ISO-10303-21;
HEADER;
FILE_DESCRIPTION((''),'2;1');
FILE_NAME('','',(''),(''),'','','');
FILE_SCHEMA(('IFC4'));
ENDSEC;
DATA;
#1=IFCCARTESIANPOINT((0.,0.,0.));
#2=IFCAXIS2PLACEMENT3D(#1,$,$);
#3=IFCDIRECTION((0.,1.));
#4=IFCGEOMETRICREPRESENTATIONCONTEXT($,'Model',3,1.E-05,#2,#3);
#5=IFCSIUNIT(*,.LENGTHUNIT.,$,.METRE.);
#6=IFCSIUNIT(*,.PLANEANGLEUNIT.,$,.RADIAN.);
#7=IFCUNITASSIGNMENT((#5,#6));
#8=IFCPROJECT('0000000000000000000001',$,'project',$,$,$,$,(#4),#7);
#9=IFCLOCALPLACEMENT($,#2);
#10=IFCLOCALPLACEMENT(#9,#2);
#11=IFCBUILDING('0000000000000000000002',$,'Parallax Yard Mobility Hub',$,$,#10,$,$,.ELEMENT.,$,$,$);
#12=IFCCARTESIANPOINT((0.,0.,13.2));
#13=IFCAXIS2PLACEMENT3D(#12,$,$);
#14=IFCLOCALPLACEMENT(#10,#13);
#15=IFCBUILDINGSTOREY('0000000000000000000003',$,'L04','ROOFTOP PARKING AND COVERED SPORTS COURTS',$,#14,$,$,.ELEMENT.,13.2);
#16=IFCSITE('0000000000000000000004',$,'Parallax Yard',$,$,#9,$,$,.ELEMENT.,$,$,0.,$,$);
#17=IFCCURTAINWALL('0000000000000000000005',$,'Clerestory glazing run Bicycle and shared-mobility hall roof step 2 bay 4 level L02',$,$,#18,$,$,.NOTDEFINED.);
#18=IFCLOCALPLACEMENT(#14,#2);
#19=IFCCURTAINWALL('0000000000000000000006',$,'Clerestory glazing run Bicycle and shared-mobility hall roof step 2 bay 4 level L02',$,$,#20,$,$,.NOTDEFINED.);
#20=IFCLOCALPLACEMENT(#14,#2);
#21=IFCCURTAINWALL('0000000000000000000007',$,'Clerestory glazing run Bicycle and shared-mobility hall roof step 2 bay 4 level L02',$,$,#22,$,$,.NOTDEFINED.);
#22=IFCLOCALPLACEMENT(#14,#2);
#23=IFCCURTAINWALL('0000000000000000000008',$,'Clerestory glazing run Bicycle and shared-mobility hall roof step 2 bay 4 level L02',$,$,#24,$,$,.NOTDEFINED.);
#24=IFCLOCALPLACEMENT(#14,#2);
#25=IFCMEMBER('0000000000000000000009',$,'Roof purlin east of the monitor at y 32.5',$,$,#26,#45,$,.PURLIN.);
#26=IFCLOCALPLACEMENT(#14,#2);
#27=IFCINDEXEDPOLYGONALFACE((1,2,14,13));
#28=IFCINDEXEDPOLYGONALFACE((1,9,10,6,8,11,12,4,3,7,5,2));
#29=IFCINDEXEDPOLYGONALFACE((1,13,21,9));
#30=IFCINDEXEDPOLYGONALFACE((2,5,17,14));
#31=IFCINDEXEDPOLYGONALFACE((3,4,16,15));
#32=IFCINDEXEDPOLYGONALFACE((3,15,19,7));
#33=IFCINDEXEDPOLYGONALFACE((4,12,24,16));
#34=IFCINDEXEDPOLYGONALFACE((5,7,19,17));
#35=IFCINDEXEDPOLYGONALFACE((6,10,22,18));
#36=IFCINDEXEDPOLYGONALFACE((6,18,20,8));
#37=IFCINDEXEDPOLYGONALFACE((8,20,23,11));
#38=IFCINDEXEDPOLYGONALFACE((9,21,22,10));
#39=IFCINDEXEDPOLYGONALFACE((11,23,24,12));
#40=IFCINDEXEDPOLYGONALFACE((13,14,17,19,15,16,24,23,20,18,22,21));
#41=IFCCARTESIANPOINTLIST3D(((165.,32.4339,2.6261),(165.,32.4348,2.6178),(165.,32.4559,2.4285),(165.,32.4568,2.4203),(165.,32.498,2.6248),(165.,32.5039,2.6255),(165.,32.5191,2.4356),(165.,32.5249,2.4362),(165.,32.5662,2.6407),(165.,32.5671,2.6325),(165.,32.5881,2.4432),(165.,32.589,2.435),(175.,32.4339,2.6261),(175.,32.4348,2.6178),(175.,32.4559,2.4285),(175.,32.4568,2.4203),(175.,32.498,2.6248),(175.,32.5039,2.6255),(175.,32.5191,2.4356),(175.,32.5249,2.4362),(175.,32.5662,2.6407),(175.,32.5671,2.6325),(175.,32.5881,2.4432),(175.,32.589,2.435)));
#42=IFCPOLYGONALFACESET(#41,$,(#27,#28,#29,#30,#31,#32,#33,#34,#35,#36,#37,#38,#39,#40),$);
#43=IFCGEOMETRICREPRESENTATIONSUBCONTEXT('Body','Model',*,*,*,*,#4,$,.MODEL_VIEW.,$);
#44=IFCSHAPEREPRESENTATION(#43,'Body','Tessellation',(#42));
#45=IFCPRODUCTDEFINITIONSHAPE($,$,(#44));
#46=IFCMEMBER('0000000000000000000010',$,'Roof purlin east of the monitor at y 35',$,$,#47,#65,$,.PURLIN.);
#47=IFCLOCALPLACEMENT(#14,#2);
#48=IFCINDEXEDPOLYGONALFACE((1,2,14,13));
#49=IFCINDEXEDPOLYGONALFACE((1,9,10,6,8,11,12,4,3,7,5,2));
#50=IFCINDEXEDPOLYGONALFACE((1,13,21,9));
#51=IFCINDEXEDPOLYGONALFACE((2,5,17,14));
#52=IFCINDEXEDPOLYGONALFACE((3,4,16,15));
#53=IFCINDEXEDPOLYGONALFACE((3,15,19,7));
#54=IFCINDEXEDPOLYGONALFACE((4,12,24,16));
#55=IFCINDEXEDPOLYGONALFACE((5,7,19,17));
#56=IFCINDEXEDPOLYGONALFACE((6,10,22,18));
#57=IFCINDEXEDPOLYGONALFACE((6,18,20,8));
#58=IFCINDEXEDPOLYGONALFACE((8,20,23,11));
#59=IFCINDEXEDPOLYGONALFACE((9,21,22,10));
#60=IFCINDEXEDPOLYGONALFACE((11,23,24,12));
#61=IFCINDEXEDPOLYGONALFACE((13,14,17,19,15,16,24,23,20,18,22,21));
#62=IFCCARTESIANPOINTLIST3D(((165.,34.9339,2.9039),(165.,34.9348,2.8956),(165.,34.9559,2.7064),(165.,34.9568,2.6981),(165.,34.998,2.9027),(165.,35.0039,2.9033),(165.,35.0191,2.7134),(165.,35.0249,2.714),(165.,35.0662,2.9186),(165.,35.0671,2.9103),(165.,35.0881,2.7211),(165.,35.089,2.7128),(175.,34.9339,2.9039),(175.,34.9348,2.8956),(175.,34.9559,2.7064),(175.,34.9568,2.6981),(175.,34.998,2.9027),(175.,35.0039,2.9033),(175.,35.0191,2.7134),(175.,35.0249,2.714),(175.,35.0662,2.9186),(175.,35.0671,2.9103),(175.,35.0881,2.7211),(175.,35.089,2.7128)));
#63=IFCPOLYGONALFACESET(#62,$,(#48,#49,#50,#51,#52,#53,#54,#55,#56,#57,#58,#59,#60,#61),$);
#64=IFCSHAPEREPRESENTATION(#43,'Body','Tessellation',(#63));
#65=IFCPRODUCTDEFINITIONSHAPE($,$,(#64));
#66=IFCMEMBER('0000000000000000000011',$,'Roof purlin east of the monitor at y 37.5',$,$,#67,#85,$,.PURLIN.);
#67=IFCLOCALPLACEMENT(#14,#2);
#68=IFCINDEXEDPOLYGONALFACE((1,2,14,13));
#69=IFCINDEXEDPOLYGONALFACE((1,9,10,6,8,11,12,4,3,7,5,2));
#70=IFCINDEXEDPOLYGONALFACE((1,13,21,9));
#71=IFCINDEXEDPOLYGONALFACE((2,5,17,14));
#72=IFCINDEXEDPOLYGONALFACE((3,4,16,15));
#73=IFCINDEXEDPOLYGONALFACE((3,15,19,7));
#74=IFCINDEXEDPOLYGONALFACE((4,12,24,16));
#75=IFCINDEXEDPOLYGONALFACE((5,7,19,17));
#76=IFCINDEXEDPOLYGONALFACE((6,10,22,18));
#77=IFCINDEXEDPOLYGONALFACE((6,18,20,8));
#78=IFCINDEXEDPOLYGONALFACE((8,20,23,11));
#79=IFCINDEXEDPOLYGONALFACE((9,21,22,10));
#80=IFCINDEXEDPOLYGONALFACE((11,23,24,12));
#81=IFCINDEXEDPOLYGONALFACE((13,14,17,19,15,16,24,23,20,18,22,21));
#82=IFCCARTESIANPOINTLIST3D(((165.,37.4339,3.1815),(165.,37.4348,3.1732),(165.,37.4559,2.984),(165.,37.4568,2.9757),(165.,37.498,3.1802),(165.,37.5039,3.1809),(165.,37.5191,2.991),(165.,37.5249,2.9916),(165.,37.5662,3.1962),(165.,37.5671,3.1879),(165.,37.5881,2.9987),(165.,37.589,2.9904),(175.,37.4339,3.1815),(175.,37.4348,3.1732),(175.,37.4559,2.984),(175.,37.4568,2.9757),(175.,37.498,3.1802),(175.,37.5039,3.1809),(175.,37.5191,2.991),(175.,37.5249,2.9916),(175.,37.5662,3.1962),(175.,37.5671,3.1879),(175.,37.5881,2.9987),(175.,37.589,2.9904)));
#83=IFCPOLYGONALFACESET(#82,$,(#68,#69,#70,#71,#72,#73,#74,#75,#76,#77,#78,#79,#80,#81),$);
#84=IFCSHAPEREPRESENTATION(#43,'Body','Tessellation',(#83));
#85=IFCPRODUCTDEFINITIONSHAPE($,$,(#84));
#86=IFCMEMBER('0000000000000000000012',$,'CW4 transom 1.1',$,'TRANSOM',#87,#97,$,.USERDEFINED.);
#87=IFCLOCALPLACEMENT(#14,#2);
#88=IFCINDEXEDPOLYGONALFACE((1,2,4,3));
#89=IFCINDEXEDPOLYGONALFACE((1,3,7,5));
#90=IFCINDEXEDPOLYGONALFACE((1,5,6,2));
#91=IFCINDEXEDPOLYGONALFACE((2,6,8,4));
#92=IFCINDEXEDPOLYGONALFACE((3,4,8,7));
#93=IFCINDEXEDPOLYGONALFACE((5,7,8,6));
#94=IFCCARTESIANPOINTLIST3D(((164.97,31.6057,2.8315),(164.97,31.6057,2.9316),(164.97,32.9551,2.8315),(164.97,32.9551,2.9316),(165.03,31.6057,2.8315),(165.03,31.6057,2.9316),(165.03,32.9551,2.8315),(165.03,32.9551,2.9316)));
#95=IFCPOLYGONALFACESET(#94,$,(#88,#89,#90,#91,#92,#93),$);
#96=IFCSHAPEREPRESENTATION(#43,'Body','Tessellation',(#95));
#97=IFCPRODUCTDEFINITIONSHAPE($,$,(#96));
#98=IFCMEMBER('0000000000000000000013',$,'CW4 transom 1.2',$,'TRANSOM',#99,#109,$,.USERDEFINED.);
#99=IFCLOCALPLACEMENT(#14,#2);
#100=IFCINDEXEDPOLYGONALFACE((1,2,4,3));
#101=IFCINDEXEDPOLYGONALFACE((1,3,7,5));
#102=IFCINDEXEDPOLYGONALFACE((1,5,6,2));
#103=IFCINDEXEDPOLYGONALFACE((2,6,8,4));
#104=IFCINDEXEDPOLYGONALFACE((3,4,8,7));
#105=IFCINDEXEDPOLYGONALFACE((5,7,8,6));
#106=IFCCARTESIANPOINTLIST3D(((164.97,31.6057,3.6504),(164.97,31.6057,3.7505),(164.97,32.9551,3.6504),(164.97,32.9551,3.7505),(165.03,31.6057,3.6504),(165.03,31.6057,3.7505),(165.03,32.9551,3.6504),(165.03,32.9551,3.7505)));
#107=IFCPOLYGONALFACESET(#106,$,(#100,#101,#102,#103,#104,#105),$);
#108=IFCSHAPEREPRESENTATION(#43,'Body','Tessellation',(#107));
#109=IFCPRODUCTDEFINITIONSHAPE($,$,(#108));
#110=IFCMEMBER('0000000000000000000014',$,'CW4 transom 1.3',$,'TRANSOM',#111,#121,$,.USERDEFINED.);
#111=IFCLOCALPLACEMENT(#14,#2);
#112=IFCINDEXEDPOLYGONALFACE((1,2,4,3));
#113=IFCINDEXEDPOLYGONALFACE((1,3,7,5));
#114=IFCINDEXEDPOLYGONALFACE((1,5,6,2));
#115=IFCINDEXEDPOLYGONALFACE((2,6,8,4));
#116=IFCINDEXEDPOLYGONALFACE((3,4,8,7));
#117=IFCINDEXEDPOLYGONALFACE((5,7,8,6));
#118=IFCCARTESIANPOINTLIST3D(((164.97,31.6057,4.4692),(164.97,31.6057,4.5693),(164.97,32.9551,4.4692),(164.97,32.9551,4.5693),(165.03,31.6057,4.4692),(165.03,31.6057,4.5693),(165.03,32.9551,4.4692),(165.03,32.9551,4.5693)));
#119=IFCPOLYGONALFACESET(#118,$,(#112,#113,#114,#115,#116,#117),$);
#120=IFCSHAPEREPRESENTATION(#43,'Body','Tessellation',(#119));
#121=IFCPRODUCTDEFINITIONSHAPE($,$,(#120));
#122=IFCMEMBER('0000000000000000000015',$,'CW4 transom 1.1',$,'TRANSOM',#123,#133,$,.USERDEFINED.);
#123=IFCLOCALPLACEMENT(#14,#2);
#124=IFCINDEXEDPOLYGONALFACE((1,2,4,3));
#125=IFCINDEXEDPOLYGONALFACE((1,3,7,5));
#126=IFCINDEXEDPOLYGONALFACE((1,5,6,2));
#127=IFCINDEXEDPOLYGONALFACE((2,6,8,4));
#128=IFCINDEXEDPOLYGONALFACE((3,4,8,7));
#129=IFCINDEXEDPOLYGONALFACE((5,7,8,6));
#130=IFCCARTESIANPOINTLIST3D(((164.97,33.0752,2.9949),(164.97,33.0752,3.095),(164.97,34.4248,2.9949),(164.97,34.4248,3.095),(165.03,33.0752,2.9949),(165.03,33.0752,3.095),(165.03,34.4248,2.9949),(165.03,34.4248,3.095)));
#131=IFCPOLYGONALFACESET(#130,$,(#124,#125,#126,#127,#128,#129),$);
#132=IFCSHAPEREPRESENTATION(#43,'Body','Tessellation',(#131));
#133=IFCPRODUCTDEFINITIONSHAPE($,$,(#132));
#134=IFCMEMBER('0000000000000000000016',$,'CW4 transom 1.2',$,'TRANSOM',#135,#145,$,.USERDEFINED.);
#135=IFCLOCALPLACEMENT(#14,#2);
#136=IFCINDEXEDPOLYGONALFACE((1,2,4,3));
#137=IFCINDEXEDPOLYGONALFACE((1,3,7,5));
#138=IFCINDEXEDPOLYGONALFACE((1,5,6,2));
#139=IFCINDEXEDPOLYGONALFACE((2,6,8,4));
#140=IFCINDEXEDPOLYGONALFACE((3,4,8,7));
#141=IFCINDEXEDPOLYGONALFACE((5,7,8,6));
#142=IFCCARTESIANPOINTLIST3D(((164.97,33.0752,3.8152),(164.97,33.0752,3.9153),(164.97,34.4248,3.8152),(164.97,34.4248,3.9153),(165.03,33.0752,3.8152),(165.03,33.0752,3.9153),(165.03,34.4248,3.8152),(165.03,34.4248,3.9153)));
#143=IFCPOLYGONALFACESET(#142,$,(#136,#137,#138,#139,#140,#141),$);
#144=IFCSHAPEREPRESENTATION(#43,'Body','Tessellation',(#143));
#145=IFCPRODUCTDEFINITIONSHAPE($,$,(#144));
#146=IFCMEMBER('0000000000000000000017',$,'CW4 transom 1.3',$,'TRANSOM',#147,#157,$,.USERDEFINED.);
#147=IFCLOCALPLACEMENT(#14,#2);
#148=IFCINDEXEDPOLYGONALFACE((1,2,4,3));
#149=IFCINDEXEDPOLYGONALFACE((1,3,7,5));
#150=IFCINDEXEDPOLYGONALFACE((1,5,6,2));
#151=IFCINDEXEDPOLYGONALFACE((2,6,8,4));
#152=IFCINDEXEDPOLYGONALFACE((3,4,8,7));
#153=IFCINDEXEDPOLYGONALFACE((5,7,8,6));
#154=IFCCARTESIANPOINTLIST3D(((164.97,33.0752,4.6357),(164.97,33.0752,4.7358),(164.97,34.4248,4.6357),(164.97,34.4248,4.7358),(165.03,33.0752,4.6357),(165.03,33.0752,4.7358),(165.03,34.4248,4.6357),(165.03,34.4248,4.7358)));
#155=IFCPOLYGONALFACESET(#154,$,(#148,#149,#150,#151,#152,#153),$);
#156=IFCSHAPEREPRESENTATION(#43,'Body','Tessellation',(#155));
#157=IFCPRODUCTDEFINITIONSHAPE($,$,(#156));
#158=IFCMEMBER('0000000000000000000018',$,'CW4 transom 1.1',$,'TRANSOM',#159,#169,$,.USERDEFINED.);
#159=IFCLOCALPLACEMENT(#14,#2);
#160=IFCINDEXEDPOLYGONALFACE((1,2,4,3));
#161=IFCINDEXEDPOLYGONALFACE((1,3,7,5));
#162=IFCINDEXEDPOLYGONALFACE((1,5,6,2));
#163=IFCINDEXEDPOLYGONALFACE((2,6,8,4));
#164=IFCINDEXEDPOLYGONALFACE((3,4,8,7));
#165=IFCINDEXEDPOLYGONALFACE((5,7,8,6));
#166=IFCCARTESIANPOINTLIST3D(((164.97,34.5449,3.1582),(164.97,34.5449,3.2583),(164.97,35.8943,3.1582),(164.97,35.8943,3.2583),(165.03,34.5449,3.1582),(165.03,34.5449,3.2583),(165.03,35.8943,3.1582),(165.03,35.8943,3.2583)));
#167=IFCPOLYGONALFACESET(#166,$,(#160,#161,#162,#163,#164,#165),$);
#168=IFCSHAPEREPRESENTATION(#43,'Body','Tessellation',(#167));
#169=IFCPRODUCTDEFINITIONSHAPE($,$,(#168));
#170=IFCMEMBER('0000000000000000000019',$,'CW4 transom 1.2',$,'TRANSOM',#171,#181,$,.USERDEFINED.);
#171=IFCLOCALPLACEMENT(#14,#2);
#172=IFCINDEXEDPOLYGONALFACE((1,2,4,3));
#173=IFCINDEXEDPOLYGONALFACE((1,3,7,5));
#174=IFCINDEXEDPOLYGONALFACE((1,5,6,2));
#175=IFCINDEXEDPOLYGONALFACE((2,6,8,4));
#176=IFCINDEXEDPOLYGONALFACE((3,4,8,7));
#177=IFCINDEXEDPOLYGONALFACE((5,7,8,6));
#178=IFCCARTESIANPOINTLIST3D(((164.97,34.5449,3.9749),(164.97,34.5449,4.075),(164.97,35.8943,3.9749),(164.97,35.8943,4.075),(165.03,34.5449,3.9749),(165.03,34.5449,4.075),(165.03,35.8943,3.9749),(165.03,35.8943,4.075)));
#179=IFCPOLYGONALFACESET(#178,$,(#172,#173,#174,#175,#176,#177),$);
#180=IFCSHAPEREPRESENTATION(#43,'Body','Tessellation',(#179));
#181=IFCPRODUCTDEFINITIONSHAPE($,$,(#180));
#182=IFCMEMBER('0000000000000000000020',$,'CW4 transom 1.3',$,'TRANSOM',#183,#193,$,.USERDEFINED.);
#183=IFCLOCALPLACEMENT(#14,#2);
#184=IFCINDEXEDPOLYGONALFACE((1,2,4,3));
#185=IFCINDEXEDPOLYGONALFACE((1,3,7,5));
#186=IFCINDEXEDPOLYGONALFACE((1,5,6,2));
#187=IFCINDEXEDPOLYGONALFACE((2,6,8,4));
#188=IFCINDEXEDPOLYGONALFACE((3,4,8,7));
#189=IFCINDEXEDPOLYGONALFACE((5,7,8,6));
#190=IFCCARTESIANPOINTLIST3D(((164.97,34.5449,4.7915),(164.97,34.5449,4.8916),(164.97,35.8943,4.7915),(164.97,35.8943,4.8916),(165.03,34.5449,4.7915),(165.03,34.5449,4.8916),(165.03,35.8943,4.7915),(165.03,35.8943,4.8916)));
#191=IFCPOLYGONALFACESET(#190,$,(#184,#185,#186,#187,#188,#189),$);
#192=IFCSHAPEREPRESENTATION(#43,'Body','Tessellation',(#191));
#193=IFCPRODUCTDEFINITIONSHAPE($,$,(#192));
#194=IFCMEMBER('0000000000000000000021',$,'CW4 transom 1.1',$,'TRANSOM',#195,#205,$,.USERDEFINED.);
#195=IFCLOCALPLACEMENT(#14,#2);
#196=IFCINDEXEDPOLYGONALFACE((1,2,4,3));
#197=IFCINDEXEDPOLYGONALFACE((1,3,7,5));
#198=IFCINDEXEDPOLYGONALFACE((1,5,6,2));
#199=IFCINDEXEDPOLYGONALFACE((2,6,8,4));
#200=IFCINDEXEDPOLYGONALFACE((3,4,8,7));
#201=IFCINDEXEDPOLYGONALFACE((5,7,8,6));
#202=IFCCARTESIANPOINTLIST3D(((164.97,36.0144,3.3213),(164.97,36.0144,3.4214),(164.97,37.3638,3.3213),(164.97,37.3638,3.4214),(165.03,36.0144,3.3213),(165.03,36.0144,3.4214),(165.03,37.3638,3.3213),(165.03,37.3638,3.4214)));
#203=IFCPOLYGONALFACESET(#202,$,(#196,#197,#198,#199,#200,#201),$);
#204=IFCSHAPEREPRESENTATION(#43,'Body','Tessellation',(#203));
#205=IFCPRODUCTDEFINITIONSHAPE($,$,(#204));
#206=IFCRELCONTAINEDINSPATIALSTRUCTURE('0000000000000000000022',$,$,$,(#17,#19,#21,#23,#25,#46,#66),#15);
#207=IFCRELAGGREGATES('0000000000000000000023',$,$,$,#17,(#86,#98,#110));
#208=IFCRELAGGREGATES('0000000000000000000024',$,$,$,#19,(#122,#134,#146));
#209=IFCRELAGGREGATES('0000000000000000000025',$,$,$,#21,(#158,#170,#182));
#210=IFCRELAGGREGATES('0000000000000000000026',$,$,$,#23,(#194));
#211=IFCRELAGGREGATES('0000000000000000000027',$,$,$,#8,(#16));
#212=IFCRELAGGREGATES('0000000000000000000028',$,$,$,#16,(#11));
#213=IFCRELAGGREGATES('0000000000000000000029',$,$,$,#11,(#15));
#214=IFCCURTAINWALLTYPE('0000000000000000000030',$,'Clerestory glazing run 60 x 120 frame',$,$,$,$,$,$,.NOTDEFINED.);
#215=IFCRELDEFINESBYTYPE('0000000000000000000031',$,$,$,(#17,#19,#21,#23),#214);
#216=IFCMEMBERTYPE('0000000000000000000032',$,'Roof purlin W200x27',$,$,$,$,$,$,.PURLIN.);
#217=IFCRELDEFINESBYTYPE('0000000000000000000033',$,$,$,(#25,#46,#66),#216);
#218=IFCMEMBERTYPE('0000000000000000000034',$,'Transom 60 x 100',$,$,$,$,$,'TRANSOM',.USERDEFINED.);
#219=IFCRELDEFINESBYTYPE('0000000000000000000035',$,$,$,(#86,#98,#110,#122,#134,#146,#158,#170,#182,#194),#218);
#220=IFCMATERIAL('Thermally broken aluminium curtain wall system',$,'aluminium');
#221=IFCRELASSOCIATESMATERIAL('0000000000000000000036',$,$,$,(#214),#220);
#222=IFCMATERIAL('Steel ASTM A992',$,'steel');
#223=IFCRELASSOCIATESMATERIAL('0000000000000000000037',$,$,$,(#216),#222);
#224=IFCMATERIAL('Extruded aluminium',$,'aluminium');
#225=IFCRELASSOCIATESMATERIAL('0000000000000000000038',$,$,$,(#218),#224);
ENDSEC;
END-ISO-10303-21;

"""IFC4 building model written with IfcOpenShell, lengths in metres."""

from ifc_helpers import new_model, si_unit, direction, frame, origin, origin_2d, place, context, subcontext, project, spatial, rectangle, i_section, extrude, material, material_profile, profile_set, type_object, element, aggregate, save


model = new_model("IFC4")

# Units and contexts
model_context = context("Model", 3, precision=1e-05, world=origin(), true_north=direction((0.0, 1.0)))
body_context = subcontext(model_context, "Body", "Model", "MODEL_VIEW")
ifc_project = project(units=[si_unit("LENGTHUNIT", "METRE"), si_unit("PLANEANGLEUNIT", "RADIAN")], contexts=[model_context])

# Site, building, storey
site_placement = place(None, origin())
site = spatial("IfcSite", under=ifc_project, at=site_placement, Name="Parallax Yard", CompositionType="ELEMENT", RefElevation=0.0)
building_placement = place(site_placement, origin())
building = spatial("IfcBuilding", under=site, at=building_placement, Name="Parallax Yard Mobility Hub", CompositionType="ELEMENT")
storey_placement = place(building_placement, frame((0.0, 0.0, 13.2)))
storey = spatial("IfcBuildingStorey", under=building, at=storey_placement, Name="L04", Description="ROOFTOP PARKING AND COVERED SPORTS COURTS", CompositionType="ELEMENT", Elevation=13.2)

# Shared definitions
ifc_material_1 = material(Name="Steel ASTM A992", Category="steel")

# Curtain wall
ifc_material_2 = material(Name="Thermally broken aluminium curtain wall system", Category="aluminium")
curtain_wall_type = type_object("IfcCurtainWallType", Name="Clerestory glazing run 60 x 120 frame", PredefinedType="NOTDEFINED", material=ifc_material_2)
curtain_wall_1_placement = place(storey_placement, origin())
curtain_wall_1 = element("IfcCurtainWall", 1, at=curtain_wall_1_placement, inside=storey, type_object=curtain_wall_type, Name="Clerestory glazing run Bicycle and shared-mobility hall roof step 2 bay 4 level L02", PredefinedType="NOTDEFINED")
ifc_material_3 = material(Name="Extruded aluminium", Category="aluminium")

# Curtain walls
curtain_wall_2_placement = place(storey_placement, origin())
curtain_wall_2 = element("IfcCurtainWall", 2, at=curtain_wall_2_placement, inside=storey, type_object=curtain_wall_type, Name="Clerestory glazing run Bicycle and shared-mobility hall roof step 2 bay 4 level L02", PredefinedType="NOTDEFINED")
curtain_wall_3_placement = place(storey_placement, origin())
curtain_wall_3 = element("IfcCurtainWall", 3, at=curtain_wall_3_placement, inside=storey, type_object=curtain_wall_type, Name="Clerestory glazing run Bicycle and shared-mobility hall roof step 2 bay 4 level L02", PredefinedType="NOTDEFINED")

# Curtain wall
curtain_wall_4_placement = place(storey_placement, origin())
curtain_wall_4 = element("IfcCurtainWall", 4, at=curtain_wall_4_placement, inside=storey, type_object=curtain_wall_type, Name="Clerestory glazing run Bicycle and shared-mobility hall roof step 2 bay 4 level L02", PredefinedType="NOTDEFINED")

# Members
ifc_material_profile_1 = material_profile(ifc_material_1, i_section(OverallWidth=0.1331, OverallDepth=0.207, WebThickness=0.0059, FlangeThickness=0.0083, at=origin_2d()), Name="W200x27")
ifc_profile_set_1 = profile_set([ifc_material_profile_1], Name="Steel ASTM A992")
member_type_1 = type_object("IfcMemberType", Name="Roof purlin W200x27", PredefinedType="PURLIN", material=ifc_profile_set_1)
for number, where, z_axis, x_axis, name in (
    (5, (165.0, 32.5115, 2.5305), (1.0, 0.0, 0.0), (0.0, 0.993884, 0.110432), "Roof purlin east of the monitor at y 32.5"),
    (6, (165.0, 35.0115, 2.8083), (1.0, 0.0, 0.0), (0.0, 0.993884, 0.110432), "Roof purlin east of the monitor at y 35"),
    (7, (165.0, 37.5115, 3.0859), (1.0, 0.0, 0.0), (0.0, 0.993884, 0.110432), "Roof purlin east of the monitor at y 37.5"),
):
    element("IfcMember", number, at=place(storey_placement, frame(where, z_axis=z_axis, x_axis=x_axis)), inside=storey, type_object=member_type_1, Name=name, PredefinedType="PURLIN", context=body_context, shape_type="SweptSolid", body=[
        extrude(i_section(OverallWidth=0.1331, OverallDepth=0.207, WebThickness=0.0059, FlangeThickness=0.0083, at=origin_2d()), origin(), (0.0, 0.0, 1.0), 10.0),
    ])

# Members
ifc_material_profile_2 = material_profile(ifc_material_3, rectangle(XDim=0.0601, YDim=0.1001, at=origin_2d()), Name="Transom 60 x 100")
ifc_profile_set_2 = profile_set([ifc_material_profile_2], Name="Extruded aluminium")
member_type_2 = type_object("IfcMemberType", Name="Transom 60 x 100", ElementType="TRANSOM", PredefinedType="USERDEFINED", material=ifc_profile_set_2)
member_1_placement = place(storey_placement, frame((165.0, 31.6057, 2.8816), z_axis=(0.0, 1.0, 0.0), x_axis=(-1.0, 0.0, 0.0)))
member_1 = element("IfcMember", 8, at=member_1_placement, type_object=member_type_2, Name="CW4 transom 1.1", ObjectType="TRANSOM", PredefinedType="USERDEFINED", context=body_context, shape_type="SweptSolid", body=[
    extrude(rectangle(XDim=0.0601, YDim=0.1001, at=origin_2d()), origin(), (0.0, 0.0, 1.0), 1.3494),
])
member_2_placement = place(storey_placement, frame((165.0, 31.6057, 3.7004), z_axis=(0.0, 1.0, 0.0), x_axis=(-1.0, 0.0, 0.0)))
member_2 = element("IfcMember", 9, at=member_2_placement, type_object=member_type_2, Name="CW4 transom 1.2", ObjectType="TRANSOM", PredefinedType="USERDEFINED", context=body_context, shape_type="SweptSolid", body=[
    extrude(rectangle(XDim=0.0601, YDim=0.1001, at=origin_2d()), origin(), (0.0, 0.0, 1.0), 1.3494),
])
member_3_placement = place(storey_placement, frame((165.0, 31.6057, 4.5193), z_axis=(0.0, 1.0, 0.0), x_axis=(-1.0, 0.0, 0.0)))
member_3 = element("IfcMember", 10, at=member_3_placement, type_object=member_type_2, Name="CW4 transom 1.3", ObjectType="TRANSOM", PredefinedType="USERDEFINED", context=body_context, shape_type="SweptSolid", body=[
    extrude(rectangle(XDim=0.0601, YDim=0.1001, at=origin_2d()), origin(), (0.0, 0.0, 1.0), 1.3494),
])
member_4_placement = place(storey_placement, frame((165.0, 33.0752, 3.0449), z_axis=(0.0, 1.0, 0.0), x_axis=(-1.0, 0.0, 0.0)))
member_4 = element("IfcMember", 11, at=member_4_placement, type_object=member_type_2, Name="CW4 transom 1.1", ObjectType="TRANSOM", PredefinedType="USERDEFINED", context=body_context, shape_type="SweptSolid", body=[
    extrude(rectangle(XDim=0.0601, YDim=0.1001, at=origin_2d()), origin(), (0.0, 0.0, 1.0), 1.3496),
])
member_5_placement = place(storey_placement, frame((165.0, 33.0752, 3.8652), z_axis=(0.0, 1.0, 0.0), x_axis=(-1.0, 0.0, 0.0)))
member_5 = element("IfcMember", 12, at=member_5_placement, type_object=member_type_2, Name="CW4 transom 1.2", ObjectType="TRANSOM", PredefinedType="USERDEFINED", context=body_context, shape_type="SweptSolid", body=[
    extrude(rectangle(XDim=0.0601, YDim=0.1001, at=origin_2d()), origin(), (0.0, 0.0, 1.0), 1.3496),
])
member_6_placement = place(storey_placement, frame((165.0, 33.0752, 4.6858), z_axis=(0.0, 1.0, 0.0), x_axis=(-1.0, 0.0, 0.0)))
member_6 = element("IfcMember", 13, at=member_6_placement, type_object=member_type_2, Name="CW4 transom 1.3", ObjectType="TRANSOM", PredefinedType="USERDEFINED", context=body_context, shape_type="SweptSolid", body=[
    extrude(rectangle(XDim=0.0601, YDim=0.1001, at=origin_2d()), origin(), (0.0, 0.0, 1.0), 1.3496),
])
member_7_placement = place(storey_placement, frame((165.0, 34.5449, 3.2083), z_axis=(0.0, 1.0, 0.0), x_axis=(-1.0, 0.0, 0.0)))
member_7 = element("IfcMember", 14, at=member_7_placement, type_object=member_type_2, Name="CW4 transom 1.1", ObjectType="TRANSOM", PredefinedType="USERDEFINED", context=body_context, shape_type="SweptSolid", body=[
    extrude(rectangle(XDim=0.0601, YDim=0.1001, at=origin_2d()), origin(), (0.0, 0.0, 1.0), 1.3494),
])
member_8_placement = place(storey_placement, frame((165.0, 34.5449, 4.0249), z_axis=(0.0, 1.0, 0.0), x_axis=(-1.0, 0.0, 0.0)))
member_8 = element("IfcMember", 15, at=member_8_placement, type_object=member_type_2, Name="CW4 transom 1.2", ObjectType="TRANSOM", PredefinedType="USERDEFINED", context=body_context, shape_type="SweptSolid", body=[
    extrude(rectangle(XDim=0.0601, YDim=0.1001, at=origin_2d()), origin(), (0.0, 0.0, 1.0), 1.3494),
])
member_9_placement = place(storey_placement, frame((165.0, 34.5449, 4.8416), z_axis=(0.0, 1.0, 0.0), x_axis=(-1.0, 0.0, 0.0)))
member_9 = element("IfcMember", 16, at=member_9_placement, type_object=member_type_2, Name="CW4 transom 1.3", ObjectType="TRANSOM", PredefinedType="USERDEFINED", context=body_context, shape_type="SweptSolid", body=[
    extrude(rectangle(XDim=0.0601, YDim=0.1001, at=origin_2d()), origin(), (0.0, 0.0, 1.0), 1.3494),
])
member_10_placement = place(storey_placement, frame((165.0, 36.0144, 3.3713), z_axis=(0.0, 1.0, 0.0), x_axis=(-1.0, 0.0, 0.0)))
member_10 = element("IfcMember", 17, at=member_10_placement, type_object=member_type_2, Name="CW4 transom 1.1", ObjectType="TRANSOM", PredefinedType="USERDEFINED", context=body_context, shape_type="SweptSolid", body=[
    extrude(rectangle(XDim=0.0601, YDim=0.1001, at=origin_2d()), origin(), (0.0, 0.0, 1.0), 1.3494),
])

aggregate(curtain_wall_1, [member_1, member_2, member_3])
aggregate(curtain_wall_2, [member_4, member_5, member_6])
aggregate(curtain_wall_3, [member_7, member_8, member_9])
aggregate(curtain_wall_4, [member_10])

save(model, "model.ifc")
